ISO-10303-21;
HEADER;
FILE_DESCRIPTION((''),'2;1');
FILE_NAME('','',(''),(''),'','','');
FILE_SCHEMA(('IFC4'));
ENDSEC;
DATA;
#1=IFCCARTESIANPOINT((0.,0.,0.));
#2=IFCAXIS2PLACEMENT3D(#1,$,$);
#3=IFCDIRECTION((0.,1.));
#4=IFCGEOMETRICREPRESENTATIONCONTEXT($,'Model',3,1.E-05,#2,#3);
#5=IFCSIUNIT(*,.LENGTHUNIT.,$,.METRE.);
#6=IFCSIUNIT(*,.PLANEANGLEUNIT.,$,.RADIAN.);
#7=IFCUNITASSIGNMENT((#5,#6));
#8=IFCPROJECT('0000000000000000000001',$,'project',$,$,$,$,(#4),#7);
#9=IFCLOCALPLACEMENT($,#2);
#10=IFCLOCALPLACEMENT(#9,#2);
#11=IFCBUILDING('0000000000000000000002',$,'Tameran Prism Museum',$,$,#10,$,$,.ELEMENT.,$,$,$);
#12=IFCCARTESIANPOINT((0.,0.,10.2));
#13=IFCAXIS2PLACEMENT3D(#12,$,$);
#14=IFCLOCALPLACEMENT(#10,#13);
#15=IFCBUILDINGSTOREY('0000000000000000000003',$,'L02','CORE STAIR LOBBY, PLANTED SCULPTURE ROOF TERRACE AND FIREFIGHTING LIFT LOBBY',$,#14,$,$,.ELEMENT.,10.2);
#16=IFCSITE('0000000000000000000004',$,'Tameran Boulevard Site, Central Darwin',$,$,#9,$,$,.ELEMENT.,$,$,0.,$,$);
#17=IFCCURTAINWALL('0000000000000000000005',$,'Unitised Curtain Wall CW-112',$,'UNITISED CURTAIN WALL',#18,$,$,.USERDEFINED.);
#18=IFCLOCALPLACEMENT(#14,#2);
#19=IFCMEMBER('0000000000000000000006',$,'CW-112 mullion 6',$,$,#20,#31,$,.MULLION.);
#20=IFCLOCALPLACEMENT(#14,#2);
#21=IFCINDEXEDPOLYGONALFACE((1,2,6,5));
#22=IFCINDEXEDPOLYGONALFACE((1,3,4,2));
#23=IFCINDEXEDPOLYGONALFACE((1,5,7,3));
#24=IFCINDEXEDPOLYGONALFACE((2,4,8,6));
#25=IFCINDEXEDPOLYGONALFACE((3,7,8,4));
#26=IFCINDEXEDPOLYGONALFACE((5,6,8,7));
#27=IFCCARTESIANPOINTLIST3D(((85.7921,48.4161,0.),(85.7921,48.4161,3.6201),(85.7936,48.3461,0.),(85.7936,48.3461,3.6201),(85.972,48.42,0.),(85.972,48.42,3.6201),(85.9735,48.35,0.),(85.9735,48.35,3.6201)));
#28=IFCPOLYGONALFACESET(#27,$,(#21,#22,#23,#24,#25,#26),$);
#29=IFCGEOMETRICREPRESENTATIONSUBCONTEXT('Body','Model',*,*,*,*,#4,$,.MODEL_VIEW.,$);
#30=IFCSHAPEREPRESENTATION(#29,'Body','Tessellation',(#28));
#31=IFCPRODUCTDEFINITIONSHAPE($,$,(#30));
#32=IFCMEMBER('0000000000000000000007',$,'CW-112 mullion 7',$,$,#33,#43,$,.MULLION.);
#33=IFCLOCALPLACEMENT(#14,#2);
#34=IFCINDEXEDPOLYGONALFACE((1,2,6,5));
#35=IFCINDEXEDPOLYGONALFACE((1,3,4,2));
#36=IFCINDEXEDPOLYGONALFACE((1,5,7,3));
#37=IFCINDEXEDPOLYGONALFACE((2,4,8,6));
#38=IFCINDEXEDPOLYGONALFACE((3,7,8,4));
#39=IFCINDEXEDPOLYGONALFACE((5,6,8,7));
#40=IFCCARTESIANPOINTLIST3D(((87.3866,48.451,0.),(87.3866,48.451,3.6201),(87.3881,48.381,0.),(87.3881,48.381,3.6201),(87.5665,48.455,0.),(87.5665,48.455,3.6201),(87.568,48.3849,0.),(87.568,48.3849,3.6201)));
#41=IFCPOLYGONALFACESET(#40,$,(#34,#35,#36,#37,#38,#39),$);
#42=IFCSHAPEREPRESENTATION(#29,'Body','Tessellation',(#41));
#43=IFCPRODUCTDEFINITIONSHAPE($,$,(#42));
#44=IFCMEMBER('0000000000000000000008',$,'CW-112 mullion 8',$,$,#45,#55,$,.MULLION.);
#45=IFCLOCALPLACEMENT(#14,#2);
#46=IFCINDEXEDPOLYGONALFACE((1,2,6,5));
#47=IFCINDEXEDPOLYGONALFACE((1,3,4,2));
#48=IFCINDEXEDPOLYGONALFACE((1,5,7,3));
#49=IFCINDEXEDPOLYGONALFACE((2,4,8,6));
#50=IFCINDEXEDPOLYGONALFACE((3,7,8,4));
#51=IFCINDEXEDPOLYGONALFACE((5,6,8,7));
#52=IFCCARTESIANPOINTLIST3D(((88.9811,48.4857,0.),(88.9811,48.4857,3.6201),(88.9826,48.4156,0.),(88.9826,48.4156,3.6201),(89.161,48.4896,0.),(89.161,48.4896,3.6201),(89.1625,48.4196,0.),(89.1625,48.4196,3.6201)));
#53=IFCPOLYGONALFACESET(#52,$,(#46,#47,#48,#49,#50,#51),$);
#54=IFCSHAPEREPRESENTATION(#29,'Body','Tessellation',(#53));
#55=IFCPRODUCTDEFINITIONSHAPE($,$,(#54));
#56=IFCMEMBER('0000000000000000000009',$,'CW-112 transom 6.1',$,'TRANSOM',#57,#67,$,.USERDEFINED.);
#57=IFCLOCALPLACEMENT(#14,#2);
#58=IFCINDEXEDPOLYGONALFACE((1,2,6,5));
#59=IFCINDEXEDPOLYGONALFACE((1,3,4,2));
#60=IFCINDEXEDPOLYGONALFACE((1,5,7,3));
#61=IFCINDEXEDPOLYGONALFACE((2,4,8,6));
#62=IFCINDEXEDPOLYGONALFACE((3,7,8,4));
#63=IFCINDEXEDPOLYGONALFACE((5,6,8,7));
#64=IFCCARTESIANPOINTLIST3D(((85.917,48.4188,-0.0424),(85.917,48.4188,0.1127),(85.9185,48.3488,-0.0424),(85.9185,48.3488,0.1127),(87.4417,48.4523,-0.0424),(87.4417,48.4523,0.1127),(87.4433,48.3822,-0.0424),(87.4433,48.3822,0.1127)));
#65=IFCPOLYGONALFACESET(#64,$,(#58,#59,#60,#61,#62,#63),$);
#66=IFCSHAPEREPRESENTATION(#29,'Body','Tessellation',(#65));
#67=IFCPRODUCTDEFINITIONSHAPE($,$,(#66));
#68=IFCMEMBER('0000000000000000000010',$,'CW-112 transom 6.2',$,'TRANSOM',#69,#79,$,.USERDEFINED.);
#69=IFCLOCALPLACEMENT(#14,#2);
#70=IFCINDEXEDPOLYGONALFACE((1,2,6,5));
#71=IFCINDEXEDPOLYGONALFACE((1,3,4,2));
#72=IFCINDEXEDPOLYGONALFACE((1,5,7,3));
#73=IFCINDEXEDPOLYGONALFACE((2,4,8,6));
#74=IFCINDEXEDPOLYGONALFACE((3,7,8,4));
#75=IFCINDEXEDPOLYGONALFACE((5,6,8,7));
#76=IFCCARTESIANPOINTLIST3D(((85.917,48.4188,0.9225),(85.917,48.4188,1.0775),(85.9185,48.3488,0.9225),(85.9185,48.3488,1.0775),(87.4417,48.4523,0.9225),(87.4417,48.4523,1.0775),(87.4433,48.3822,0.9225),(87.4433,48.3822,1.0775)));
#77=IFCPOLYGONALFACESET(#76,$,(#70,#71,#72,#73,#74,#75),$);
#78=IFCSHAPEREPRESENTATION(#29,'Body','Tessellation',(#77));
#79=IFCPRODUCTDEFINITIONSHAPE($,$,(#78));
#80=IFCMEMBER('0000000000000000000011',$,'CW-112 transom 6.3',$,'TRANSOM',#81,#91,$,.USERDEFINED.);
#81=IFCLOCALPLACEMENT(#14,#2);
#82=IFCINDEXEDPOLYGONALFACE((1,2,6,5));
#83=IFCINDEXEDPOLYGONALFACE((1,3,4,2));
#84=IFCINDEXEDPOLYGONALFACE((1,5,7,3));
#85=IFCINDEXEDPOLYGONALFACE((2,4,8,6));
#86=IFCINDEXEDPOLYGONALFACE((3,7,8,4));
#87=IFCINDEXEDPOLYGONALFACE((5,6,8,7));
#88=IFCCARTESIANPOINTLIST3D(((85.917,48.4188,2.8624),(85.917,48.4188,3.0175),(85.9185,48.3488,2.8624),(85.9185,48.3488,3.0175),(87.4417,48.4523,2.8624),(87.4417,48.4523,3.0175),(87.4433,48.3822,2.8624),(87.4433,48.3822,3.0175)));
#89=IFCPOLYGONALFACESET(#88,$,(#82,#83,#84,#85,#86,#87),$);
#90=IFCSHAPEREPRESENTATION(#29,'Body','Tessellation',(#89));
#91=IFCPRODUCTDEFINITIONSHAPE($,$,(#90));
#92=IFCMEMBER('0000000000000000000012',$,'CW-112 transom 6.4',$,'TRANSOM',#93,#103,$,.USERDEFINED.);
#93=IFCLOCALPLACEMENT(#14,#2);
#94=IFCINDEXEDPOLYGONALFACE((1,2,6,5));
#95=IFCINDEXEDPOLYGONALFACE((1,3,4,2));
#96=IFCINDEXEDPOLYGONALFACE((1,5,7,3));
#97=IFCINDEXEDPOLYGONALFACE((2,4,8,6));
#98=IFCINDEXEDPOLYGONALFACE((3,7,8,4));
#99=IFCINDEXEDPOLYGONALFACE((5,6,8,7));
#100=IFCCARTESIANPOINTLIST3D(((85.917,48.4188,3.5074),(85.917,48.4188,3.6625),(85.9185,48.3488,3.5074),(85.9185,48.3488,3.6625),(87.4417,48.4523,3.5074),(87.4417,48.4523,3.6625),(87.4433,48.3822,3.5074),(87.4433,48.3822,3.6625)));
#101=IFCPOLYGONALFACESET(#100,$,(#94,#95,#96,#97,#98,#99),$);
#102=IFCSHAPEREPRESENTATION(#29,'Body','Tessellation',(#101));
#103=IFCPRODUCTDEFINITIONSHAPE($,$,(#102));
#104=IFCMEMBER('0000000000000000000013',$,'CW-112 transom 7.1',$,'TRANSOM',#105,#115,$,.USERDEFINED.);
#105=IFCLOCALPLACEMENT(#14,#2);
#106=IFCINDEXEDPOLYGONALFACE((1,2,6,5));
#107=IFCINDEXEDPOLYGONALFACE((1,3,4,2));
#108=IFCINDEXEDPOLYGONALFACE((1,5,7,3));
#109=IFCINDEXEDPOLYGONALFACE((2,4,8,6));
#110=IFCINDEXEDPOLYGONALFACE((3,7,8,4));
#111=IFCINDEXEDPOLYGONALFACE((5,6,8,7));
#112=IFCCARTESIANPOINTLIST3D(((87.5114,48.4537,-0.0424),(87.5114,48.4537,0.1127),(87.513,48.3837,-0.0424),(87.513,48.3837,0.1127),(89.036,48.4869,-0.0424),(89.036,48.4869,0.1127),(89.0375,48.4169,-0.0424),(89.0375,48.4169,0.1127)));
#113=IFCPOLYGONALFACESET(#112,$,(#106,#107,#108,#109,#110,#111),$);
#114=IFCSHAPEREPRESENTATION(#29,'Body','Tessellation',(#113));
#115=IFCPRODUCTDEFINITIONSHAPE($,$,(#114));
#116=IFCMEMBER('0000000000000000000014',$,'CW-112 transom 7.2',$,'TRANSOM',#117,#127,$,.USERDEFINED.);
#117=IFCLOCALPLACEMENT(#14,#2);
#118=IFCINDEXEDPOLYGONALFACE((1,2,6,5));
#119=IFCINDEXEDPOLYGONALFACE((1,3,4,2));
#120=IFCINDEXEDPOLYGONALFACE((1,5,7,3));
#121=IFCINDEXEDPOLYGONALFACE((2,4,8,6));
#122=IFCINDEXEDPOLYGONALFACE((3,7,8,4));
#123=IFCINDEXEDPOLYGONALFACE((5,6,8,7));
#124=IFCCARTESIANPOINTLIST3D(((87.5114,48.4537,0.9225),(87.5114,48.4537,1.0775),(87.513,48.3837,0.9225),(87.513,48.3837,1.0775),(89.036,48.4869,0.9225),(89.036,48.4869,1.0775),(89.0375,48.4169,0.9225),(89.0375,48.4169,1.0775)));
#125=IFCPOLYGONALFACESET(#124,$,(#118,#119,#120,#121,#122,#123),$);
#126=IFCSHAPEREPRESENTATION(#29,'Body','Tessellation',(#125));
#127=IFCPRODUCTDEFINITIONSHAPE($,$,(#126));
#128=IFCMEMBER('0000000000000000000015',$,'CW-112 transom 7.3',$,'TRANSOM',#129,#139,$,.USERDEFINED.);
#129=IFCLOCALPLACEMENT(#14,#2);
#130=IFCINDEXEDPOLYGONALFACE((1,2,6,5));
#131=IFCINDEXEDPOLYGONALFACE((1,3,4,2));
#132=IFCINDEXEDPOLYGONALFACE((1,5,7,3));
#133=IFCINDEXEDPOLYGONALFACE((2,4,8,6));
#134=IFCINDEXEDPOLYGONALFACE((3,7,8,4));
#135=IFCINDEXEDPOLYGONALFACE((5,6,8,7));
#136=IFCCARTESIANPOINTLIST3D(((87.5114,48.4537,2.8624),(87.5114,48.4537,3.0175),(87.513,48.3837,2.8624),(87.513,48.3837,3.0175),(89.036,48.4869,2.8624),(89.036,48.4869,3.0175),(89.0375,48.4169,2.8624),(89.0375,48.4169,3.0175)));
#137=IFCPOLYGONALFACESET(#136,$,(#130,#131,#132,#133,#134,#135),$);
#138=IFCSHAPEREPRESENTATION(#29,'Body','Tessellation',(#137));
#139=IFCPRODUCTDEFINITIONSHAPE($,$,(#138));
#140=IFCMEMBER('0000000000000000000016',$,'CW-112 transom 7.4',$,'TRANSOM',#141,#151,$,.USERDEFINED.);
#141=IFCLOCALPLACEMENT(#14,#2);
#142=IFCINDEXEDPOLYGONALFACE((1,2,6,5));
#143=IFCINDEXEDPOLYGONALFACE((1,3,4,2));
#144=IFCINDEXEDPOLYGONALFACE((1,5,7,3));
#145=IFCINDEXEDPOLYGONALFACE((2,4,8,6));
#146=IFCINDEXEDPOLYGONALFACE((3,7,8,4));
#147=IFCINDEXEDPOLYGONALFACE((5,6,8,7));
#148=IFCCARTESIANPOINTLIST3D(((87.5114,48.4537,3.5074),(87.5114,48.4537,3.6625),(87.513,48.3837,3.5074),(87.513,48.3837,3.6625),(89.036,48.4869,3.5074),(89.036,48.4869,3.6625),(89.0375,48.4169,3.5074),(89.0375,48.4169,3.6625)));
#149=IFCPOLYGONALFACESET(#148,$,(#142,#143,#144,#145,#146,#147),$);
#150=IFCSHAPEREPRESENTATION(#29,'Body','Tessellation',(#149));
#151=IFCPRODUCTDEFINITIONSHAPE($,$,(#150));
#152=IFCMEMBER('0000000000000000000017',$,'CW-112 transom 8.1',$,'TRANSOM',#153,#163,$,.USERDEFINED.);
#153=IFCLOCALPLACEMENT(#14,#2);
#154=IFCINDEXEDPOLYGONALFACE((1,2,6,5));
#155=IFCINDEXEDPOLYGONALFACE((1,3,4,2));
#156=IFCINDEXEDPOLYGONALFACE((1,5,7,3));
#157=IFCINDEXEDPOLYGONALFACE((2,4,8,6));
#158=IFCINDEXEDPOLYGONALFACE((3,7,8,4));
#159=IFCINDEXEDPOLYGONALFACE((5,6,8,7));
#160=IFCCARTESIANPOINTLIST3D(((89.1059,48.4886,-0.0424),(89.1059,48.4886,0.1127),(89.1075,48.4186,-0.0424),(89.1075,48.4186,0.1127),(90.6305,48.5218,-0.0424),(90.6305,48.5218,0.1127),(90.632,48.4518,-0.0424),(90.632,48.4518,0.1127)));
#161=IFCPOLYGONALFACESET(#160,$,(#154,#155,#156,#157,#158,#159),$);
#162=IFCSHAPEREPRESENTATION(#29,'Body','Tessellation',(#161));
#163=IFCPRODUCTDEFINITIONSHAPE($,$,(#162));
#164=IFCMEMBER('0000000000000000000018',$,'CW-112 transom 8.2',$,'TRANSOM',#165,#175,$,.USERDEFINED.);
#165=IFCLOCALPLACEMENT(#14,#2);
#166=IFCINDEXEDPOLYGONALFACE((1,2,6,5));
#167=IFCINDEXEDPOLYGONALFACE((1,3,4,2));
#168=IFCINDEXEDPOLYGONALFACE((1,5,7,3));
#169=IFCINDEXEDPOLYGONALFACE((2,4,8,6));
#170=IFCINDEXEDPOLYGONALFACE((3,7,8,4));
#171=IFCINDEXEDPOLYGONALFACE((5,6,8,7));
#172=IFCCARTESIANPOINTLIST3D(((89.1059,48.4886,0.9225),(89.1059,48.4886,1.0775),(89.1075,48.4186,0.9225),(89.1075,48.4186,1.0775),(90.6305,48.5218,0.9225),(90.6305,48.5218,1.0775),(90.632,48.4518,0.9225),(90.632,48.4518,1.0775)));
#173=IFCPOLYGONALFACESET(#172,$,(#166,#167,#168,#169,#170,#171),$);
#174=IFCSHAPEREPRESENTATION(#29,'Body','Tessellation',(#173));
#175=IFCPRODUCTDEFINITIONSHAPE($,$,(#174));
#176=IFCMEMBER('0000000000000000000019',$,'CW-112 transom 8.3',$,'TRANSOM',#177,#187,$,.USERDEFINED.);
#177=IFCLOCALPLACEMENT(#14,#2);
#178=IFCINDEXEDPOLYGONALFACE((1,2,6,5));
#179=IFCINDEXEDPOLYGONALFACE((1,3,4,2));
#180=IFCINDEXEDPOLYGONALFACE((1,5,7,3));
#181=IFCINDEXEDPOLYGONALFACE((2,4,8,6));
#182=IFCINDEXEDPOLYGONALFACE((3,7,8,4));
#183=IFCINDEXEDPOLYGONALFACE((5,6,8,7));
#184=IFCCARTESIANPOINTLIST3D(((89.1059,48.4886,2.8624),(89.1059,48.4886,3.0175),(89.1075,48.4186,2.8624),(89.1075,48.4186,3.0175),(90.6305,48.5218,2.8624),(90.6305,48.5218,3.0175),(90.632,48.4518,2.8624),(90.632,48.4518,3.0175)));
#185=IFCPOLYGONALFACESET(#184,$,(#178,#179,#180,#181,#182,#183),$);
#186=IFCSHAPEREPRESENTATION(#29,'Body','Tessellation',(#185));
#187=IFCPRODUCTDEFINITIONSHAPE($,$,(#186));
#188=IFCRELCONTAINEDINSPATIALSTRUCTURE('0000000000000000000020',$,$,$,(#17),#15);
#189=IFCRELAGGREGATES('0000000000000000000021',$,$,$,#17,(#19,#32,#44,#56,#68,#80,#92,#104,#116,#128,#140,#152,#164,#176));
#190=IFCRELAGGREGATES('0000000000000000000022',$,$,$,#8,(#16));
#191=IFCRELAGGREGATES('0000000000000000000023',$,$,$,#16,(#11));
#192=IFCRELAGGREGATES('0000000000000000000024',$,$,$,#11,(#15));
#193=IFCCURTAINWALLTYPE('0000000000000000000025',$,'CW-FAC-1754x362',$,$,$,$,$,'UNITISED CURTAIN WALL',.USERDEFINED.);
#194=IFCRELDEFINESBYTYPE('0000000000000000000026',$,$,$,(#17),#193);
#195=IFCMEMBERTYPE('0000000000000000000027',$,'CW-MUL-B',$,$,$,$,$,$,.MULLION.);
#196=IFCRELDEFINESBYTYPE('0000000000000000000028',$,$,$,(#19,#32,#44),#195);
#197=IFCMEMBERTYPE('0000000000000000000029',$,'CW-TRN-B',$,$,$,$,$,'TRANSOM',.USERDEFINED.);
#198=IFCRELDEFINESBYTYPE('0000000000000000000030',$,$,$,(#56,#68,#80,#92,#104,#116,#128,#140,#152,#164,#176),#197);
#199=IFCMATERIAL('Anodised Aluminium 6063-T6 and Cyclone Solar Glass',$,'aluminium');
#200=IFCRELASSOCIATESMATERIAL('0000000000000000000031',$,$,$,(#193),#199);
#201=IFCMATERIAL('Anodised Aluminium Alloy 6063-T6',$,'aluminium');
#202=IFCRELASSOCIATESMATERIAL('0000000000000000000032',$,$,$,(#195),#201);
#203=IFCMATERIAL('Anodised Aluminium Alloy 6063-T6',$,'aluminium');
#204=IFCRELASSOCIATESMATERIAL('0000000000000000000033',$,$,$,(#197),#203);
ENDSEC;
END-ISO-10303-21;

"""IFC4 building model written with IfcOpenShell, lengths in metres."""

from ifc_helpers import new_model, si_unit, direction, frame, origin, origin_2d, place, context, subcontext, project, spatial, rectangle, extrude, material, material_profile, profile_set, type_object, element, aggregate, save


model = new_model("IFC4")

# Units and contexts
model_context = context("Model", 3, precision=1e-05, world=origin(), true_north=direction((0.0, 1.0)))
body_context = subcontext(model_context, "Body", "Model", "MODEL_VIEW")
ifc_project = project(units=[si_unit("LENGTHUNIT", "METRE"), si_unit("PLANEANGLEUNIT", "RADIAN")], contexts=[model_context])

# Site, building, storey
site_placement = place(None, origin())
site = spatial("IfcSite", under=ifc_project, at=site_placement, Name="Tameran Boulevard Site, Central Darwin", CompositionType="ELEMENT", RefElevation=0.0)
building_placement = place(site_placement, origin())
building = spatial("IfcBuilding", under=site, at=building_placement, Name="Tameran Prism Museum", CompositionType="ELEMENT")
storey_placement = place(building_placement, frame((0.0, 0.0, 10.2)))
storey = spatial("IfcBuildingStorey", under=building, at=storey_placement, Name="L02", Description="CORE STAIR LOBBY, PLANTED SCULPTURE ROOF TERRACE AND FIREFIGHTING LIFT LOBBY", CompositionType="ELEMENT", Elevation=10.2)

# Curtain wall, members
ifc_material_1 = material(Name="Anodised Aluminium 6063-T6 and Cyclone Solar Glass", Category="aluminium")
curtain_wall_type = type_object("IfcCurtainWallType", Name="CW-FAC-1754x362", ElementType="UNITISED CURTAIN WALL", PredefinedType="USERDEFINED", material=ifc_material_1)
curtain_wall_placement = place(storey_placement, origin())
curtain_wall = element("IfcCurtainWall", 1, at=curtain_wall_placement, inside=storey, type_object=curtain_wall_type, Name="Unitised Curtain Wall CW-112", ObjectType="UNITISED CURTAIN WALL", PredefinedType="USERDEFINED")
ifc_material_2 = material(Name="Anodised Aluminium Alloy 6063-T6", Category="aluminium")
ifc_material_profile_1 = material_profile(ifc_material_2, rectangle(XDim=0.0701, YDim=0.1799, at=origin_2d()))
ifc_profile_set_1 = profile_set([ifc_material_profile_1])
member_type_1 = type_object("IfcMemberType", Name="CW-MUL-B", PredefinedType="MULLION", material=ifc_profile_set_1)
member_1_placement = place(storey_placement, frame((85.8828, 48.3831, 0.0), z_axis=(0.0, 0.0, 1.0), x_axis=(-0.021831, 0.999762, 0.0)))
member_1 = element("IfcMember", 2, at=member_1_placement, type_object=member_type_1, Name="CW-112 mullion 6", PredefinedType="MULLION", context=body_context, shape_type="SweptSolid", body=[
    extrude(rectangle(XDim=0.0701, YDim=0.1799, at=origin_2d()), origin(), (0.0, 0.0, 1.0), 3.6201),
])
member_2_placement = place(storey_placement, frame((87.4773, 48.418, 0.0), z_axis=(0.0, 0.0, 1.0), x_axis=(-0.021831, 0.999762, 0.0)))
member_2 = element("IfcMember", 3, at=member_2_placement, type_object=member_type_1, Name="CW-112 mullion 7", PredefinedType="MULLION", context=body_context, shape_type="SweptSolid", body=[
    extrude(rectangle(XDim=0.0701, YDim=0.1799, at=origin_2d()), origin(), (0.0, 0.0, 1.0), 3.6201),
])
member_3_placement = place(storey_placement, frame((89.0718, 48.4526, 0.0), z_axis=(0.0, 0.0, 1.0), x_axis=(-0.021831, 0.999762, 0.0)))
member_3 = element("IfcMember", 4, at=member_3_placement, type_object=member_type_1, Name="CW-112 mullion 8", PredefinedType="MULLION", context=body_context, shape_type="SweptSolid", body=[
    extrude(rectangle(XDim=0.0701, YDim=0.1799, at=origin_2d()), origin(), (0.0, 0.0, 1.0), 3.6201),
])
ifc_material_3 = material(Name="Anodised Aluminium Alloy 6063-T6", Category="aluminium")
ifc_material_profile_2 = material_profile(ifc_material_3, rectangle(XDim=0.0701, YDim=0.155, at=origin_2d()))
ifc_profile_set_2 = profile_set([ifc_material_profile_2])
member_type_2 = type_object("IfcMemberType", Name="CW-TRN-B", ElementType="TRANSOM", PredefinedType="USERDEFINED", material=ifc_profile_set_2)
member_4_placement = place(storey_placement, frame((85.9177, 48.3838, 0.0352), z_axis=(0.999759, 0.021932, 0.0), x_axis=(-0.021932, 0.999759, 0.0)))
member_4 = element("IfcMember", 5, at=member_4_placement, type_object=member_type_2, Name="CW-112 transom 6.1", ObjectType="TRANSOM", PredefinedType="USERDEFINED", context=body_context, shape_type="SweptSolid", body=[
    extrude(rectangle(XDim=0.0701, YDim=0.155, at=origin_2d()), origin(), (0.0, 0.0, 1.0), 1.5251),
])
member_5_placement = place(storey_placement, frame((85.9177, 48.3838, 1.0), z_axis=(0.999759, 0.021932, 0.0), x_axis=(-0.021932, 0.999759, 0.0)))
member_5 = element("IfcMember", 6, at=member_5_placement, type_object=member_type_2, Name="CW-112 transom 6.2", ObjectType="TRANSOM", PredefinedType="USERDEFINED", context=body_context, shape_type="SweptSolid", body=[
    extrude(rectangle(XDim=0.0701, YDim=0.155, at=origin_2d()), origin(), (0.0, 0.0, 1.0), 1.5251),
])
member_6_placement = place(storey_placement, frame((85.9177, 48.3838, 2.9399), z_axis=(0.999759, 0.021932, 0.0), x_axis=(-0.021932, 0.999759, 0.0)))
member_6 = element("IfcMember", 7, at=member_6_placement, type_object=member_type_2, Name="CW-112 transom 6.3", ObjectType="TRANSOM", PredefinedType="USERDEFINED", context=body_context, shape_type="SweptSolid", body=[
    extrude(rectangle(XDim=0.0701, YDim=0.155, at=origin_2d()), origin(), (0.0, 0.0, 1.0), 1.5251),
])
member_7_placement = place(storey_placement, frame((85.9177, 48.3838, 3.585), z_axis=(0.999759, 0.021932, 0.0), x_axis=(-0.021932, 0.999759, 0.0)))
member_7 = element("IfcMember", 8, at=member_7_placement, type_object=member_type_2, Name="CW-112 transom 6.4", ObjectType="TRANSOM", PredefinedType="USERDEFINED", context=body_context, shape_type="SweptSolid", body=[
    extrude(rectangle(XDim=0.0701, YDim=0.155, at=origin_2d()), origin(), (0.0, 0.0, 1.0), 1.5251),
])
member_8_placement = place(storey_placement, frame((87.5122, 48.4187, 0.0352), z_axis=(0.999763, 0.021772, 0.0), x_axis=(-0.021772, 0.999763, 0.0)))
member_8 = element("IfcMember", 9, at=member_8_placement, type_object=member_type_2, Name="CW-112 transom 7.1", ObjectType="TRANSOM", PredefinedType="USERDEFINED", context=body_context, shape_type="SweptSolid", body=[
    extrude(rectangle(XDim=0.0701, YDim=0.155, at=origin_2d()), origin(), (0.0, 0.0, 1.0), 1.5249),
])
member_9_placement = place(storey_placement, frame((87.5122, 48.4187, 1.0), z_axis=(0.999763, 0.021772, 0.0), x_axis=(-0.021772, 0.999763, 0.0)))
member_9 = element("IfcMember", 10, at=member_9_placement, type_object=member_type_2, Name="CW-112 transom 7.2", ObjectType="TRANSOM", PredefinedType="USERDEFINED", context=body_context, shape_type="SweptSolid", body=[
    extrude(rectangle(XDim=0.0701, YDim=0.155, at=origin_2d()), origin(), (0.0, 0.0, 1.0), 1.5249),
])
member_10_placement = place(storey_placement, frame((87.5122, 48.4187, 2.9399), z_axis=(0.999763, 0.021772, 0.0), x_axis=(-0.021772, 0.999763, 0.0)))
member_10 = element("IfcMember", 11, at=member_10_placement, type_object=member_type_2, Name="CW-112 transom 7.3", ObjectType="TRANSOM", PredefinedType="USERDEFINED", context=body_context, shape_type="SweptSolid", body=[
    extrude(rectangle(XDim=0.0701, YDim=0.155, at=origin_2d()), origin(), (0.0, 0.0, 1.0), 1.5249),
])
member_11_placement = place(storey_placement, frame((87.5122, 48.4187, 3.585), z_axis=(0.999763, 0.021772, 0.0), x_axis=(-0.021772, 0.999763, 0.0)))
member_11 = element("IfcMember", 12, at=member_11_placement, type_object=member_type_2, Name="CW-112 transom 7.4", ObjectType="TRANSOM", PredefinedType="USERDEFINED", context=body_context, shape_type="SweptSolid", body=[
    extrude(rectangle(XDim=0.0701, YDim=0.155, at=origin_2d()), origin(), (0.0, 0.0, 1.0), 1.5249),
])
member_12_placement = place(storey_placement, frame((89.1067, 48.4536, 0.0352), z_axis=(0.999763, 0.021772, 0.0), x_axis=(-0.021772, 0.999763, 0.0)))
member_12 = element("IfcMember", 13, at=member_12_placement, type_object=member_type_2, Name="CW-112 transom 8.1", ObjectType="TRANSOM", PredefinedType="USERDEFINED", context=body_context, shape_type="SweptSolid", body=[
    extrude(rectangle(XDim=0.0701, YDim=0.155, at=origin_2d()), origin(), (0.0, 0.0, 1.0), 1.5249),
])
member_13_placement = place(storey_placement, frame((89.1067, 48.4536, 1.0), z_axis=(0.999763, 0.021772, 0.0), x_axis=(-0.021772, 0.999763, 0.0)))
member_13 = element("IfcMember", 14, at=member_13_placement, type_object=member_type_2, Name="CW-112 transom 8.2", ObjectType="TRANSOM", PredefinedType="USERDEFINED", context=body_context, shape_type="SweptSolid", body=[
    extrude(rectangle(XDim=0.0701, YDim=0.155, at=origin_2d()), origin(), (0.0, 0.0, 1.0), 1.5249),
])
member_14_placement = place(storey_placement, frame((89.1067, 48.4536, 2.9399), z_axis=(0.999763, 0.021772, 0.0), x_axis=(-0.021772, 0.999763, 0.0)))
member_14 = element("IfcMember", 15, at=member_14_placement, type_object=member_type_2, Name="CW-112 transom 8.3", ObjectType="TRANSOM", PredefinedType="USERDEFINED", context=body_context, shape_type="SweptSolid", body=[
    extrude(rectangle(XDim=0.0701, YDim=0.155, at=origin_2d()), origin(), (0.0, 0.0, 1.0), 1.5249),
])
aggregate(curtain_wall, [member_1, member_2, member_3, member_4, member_5, member_6, member_7, member_8, member_9, member_10, member_11, member_12, member_13, member_14])

save(model, "model.ifc")
